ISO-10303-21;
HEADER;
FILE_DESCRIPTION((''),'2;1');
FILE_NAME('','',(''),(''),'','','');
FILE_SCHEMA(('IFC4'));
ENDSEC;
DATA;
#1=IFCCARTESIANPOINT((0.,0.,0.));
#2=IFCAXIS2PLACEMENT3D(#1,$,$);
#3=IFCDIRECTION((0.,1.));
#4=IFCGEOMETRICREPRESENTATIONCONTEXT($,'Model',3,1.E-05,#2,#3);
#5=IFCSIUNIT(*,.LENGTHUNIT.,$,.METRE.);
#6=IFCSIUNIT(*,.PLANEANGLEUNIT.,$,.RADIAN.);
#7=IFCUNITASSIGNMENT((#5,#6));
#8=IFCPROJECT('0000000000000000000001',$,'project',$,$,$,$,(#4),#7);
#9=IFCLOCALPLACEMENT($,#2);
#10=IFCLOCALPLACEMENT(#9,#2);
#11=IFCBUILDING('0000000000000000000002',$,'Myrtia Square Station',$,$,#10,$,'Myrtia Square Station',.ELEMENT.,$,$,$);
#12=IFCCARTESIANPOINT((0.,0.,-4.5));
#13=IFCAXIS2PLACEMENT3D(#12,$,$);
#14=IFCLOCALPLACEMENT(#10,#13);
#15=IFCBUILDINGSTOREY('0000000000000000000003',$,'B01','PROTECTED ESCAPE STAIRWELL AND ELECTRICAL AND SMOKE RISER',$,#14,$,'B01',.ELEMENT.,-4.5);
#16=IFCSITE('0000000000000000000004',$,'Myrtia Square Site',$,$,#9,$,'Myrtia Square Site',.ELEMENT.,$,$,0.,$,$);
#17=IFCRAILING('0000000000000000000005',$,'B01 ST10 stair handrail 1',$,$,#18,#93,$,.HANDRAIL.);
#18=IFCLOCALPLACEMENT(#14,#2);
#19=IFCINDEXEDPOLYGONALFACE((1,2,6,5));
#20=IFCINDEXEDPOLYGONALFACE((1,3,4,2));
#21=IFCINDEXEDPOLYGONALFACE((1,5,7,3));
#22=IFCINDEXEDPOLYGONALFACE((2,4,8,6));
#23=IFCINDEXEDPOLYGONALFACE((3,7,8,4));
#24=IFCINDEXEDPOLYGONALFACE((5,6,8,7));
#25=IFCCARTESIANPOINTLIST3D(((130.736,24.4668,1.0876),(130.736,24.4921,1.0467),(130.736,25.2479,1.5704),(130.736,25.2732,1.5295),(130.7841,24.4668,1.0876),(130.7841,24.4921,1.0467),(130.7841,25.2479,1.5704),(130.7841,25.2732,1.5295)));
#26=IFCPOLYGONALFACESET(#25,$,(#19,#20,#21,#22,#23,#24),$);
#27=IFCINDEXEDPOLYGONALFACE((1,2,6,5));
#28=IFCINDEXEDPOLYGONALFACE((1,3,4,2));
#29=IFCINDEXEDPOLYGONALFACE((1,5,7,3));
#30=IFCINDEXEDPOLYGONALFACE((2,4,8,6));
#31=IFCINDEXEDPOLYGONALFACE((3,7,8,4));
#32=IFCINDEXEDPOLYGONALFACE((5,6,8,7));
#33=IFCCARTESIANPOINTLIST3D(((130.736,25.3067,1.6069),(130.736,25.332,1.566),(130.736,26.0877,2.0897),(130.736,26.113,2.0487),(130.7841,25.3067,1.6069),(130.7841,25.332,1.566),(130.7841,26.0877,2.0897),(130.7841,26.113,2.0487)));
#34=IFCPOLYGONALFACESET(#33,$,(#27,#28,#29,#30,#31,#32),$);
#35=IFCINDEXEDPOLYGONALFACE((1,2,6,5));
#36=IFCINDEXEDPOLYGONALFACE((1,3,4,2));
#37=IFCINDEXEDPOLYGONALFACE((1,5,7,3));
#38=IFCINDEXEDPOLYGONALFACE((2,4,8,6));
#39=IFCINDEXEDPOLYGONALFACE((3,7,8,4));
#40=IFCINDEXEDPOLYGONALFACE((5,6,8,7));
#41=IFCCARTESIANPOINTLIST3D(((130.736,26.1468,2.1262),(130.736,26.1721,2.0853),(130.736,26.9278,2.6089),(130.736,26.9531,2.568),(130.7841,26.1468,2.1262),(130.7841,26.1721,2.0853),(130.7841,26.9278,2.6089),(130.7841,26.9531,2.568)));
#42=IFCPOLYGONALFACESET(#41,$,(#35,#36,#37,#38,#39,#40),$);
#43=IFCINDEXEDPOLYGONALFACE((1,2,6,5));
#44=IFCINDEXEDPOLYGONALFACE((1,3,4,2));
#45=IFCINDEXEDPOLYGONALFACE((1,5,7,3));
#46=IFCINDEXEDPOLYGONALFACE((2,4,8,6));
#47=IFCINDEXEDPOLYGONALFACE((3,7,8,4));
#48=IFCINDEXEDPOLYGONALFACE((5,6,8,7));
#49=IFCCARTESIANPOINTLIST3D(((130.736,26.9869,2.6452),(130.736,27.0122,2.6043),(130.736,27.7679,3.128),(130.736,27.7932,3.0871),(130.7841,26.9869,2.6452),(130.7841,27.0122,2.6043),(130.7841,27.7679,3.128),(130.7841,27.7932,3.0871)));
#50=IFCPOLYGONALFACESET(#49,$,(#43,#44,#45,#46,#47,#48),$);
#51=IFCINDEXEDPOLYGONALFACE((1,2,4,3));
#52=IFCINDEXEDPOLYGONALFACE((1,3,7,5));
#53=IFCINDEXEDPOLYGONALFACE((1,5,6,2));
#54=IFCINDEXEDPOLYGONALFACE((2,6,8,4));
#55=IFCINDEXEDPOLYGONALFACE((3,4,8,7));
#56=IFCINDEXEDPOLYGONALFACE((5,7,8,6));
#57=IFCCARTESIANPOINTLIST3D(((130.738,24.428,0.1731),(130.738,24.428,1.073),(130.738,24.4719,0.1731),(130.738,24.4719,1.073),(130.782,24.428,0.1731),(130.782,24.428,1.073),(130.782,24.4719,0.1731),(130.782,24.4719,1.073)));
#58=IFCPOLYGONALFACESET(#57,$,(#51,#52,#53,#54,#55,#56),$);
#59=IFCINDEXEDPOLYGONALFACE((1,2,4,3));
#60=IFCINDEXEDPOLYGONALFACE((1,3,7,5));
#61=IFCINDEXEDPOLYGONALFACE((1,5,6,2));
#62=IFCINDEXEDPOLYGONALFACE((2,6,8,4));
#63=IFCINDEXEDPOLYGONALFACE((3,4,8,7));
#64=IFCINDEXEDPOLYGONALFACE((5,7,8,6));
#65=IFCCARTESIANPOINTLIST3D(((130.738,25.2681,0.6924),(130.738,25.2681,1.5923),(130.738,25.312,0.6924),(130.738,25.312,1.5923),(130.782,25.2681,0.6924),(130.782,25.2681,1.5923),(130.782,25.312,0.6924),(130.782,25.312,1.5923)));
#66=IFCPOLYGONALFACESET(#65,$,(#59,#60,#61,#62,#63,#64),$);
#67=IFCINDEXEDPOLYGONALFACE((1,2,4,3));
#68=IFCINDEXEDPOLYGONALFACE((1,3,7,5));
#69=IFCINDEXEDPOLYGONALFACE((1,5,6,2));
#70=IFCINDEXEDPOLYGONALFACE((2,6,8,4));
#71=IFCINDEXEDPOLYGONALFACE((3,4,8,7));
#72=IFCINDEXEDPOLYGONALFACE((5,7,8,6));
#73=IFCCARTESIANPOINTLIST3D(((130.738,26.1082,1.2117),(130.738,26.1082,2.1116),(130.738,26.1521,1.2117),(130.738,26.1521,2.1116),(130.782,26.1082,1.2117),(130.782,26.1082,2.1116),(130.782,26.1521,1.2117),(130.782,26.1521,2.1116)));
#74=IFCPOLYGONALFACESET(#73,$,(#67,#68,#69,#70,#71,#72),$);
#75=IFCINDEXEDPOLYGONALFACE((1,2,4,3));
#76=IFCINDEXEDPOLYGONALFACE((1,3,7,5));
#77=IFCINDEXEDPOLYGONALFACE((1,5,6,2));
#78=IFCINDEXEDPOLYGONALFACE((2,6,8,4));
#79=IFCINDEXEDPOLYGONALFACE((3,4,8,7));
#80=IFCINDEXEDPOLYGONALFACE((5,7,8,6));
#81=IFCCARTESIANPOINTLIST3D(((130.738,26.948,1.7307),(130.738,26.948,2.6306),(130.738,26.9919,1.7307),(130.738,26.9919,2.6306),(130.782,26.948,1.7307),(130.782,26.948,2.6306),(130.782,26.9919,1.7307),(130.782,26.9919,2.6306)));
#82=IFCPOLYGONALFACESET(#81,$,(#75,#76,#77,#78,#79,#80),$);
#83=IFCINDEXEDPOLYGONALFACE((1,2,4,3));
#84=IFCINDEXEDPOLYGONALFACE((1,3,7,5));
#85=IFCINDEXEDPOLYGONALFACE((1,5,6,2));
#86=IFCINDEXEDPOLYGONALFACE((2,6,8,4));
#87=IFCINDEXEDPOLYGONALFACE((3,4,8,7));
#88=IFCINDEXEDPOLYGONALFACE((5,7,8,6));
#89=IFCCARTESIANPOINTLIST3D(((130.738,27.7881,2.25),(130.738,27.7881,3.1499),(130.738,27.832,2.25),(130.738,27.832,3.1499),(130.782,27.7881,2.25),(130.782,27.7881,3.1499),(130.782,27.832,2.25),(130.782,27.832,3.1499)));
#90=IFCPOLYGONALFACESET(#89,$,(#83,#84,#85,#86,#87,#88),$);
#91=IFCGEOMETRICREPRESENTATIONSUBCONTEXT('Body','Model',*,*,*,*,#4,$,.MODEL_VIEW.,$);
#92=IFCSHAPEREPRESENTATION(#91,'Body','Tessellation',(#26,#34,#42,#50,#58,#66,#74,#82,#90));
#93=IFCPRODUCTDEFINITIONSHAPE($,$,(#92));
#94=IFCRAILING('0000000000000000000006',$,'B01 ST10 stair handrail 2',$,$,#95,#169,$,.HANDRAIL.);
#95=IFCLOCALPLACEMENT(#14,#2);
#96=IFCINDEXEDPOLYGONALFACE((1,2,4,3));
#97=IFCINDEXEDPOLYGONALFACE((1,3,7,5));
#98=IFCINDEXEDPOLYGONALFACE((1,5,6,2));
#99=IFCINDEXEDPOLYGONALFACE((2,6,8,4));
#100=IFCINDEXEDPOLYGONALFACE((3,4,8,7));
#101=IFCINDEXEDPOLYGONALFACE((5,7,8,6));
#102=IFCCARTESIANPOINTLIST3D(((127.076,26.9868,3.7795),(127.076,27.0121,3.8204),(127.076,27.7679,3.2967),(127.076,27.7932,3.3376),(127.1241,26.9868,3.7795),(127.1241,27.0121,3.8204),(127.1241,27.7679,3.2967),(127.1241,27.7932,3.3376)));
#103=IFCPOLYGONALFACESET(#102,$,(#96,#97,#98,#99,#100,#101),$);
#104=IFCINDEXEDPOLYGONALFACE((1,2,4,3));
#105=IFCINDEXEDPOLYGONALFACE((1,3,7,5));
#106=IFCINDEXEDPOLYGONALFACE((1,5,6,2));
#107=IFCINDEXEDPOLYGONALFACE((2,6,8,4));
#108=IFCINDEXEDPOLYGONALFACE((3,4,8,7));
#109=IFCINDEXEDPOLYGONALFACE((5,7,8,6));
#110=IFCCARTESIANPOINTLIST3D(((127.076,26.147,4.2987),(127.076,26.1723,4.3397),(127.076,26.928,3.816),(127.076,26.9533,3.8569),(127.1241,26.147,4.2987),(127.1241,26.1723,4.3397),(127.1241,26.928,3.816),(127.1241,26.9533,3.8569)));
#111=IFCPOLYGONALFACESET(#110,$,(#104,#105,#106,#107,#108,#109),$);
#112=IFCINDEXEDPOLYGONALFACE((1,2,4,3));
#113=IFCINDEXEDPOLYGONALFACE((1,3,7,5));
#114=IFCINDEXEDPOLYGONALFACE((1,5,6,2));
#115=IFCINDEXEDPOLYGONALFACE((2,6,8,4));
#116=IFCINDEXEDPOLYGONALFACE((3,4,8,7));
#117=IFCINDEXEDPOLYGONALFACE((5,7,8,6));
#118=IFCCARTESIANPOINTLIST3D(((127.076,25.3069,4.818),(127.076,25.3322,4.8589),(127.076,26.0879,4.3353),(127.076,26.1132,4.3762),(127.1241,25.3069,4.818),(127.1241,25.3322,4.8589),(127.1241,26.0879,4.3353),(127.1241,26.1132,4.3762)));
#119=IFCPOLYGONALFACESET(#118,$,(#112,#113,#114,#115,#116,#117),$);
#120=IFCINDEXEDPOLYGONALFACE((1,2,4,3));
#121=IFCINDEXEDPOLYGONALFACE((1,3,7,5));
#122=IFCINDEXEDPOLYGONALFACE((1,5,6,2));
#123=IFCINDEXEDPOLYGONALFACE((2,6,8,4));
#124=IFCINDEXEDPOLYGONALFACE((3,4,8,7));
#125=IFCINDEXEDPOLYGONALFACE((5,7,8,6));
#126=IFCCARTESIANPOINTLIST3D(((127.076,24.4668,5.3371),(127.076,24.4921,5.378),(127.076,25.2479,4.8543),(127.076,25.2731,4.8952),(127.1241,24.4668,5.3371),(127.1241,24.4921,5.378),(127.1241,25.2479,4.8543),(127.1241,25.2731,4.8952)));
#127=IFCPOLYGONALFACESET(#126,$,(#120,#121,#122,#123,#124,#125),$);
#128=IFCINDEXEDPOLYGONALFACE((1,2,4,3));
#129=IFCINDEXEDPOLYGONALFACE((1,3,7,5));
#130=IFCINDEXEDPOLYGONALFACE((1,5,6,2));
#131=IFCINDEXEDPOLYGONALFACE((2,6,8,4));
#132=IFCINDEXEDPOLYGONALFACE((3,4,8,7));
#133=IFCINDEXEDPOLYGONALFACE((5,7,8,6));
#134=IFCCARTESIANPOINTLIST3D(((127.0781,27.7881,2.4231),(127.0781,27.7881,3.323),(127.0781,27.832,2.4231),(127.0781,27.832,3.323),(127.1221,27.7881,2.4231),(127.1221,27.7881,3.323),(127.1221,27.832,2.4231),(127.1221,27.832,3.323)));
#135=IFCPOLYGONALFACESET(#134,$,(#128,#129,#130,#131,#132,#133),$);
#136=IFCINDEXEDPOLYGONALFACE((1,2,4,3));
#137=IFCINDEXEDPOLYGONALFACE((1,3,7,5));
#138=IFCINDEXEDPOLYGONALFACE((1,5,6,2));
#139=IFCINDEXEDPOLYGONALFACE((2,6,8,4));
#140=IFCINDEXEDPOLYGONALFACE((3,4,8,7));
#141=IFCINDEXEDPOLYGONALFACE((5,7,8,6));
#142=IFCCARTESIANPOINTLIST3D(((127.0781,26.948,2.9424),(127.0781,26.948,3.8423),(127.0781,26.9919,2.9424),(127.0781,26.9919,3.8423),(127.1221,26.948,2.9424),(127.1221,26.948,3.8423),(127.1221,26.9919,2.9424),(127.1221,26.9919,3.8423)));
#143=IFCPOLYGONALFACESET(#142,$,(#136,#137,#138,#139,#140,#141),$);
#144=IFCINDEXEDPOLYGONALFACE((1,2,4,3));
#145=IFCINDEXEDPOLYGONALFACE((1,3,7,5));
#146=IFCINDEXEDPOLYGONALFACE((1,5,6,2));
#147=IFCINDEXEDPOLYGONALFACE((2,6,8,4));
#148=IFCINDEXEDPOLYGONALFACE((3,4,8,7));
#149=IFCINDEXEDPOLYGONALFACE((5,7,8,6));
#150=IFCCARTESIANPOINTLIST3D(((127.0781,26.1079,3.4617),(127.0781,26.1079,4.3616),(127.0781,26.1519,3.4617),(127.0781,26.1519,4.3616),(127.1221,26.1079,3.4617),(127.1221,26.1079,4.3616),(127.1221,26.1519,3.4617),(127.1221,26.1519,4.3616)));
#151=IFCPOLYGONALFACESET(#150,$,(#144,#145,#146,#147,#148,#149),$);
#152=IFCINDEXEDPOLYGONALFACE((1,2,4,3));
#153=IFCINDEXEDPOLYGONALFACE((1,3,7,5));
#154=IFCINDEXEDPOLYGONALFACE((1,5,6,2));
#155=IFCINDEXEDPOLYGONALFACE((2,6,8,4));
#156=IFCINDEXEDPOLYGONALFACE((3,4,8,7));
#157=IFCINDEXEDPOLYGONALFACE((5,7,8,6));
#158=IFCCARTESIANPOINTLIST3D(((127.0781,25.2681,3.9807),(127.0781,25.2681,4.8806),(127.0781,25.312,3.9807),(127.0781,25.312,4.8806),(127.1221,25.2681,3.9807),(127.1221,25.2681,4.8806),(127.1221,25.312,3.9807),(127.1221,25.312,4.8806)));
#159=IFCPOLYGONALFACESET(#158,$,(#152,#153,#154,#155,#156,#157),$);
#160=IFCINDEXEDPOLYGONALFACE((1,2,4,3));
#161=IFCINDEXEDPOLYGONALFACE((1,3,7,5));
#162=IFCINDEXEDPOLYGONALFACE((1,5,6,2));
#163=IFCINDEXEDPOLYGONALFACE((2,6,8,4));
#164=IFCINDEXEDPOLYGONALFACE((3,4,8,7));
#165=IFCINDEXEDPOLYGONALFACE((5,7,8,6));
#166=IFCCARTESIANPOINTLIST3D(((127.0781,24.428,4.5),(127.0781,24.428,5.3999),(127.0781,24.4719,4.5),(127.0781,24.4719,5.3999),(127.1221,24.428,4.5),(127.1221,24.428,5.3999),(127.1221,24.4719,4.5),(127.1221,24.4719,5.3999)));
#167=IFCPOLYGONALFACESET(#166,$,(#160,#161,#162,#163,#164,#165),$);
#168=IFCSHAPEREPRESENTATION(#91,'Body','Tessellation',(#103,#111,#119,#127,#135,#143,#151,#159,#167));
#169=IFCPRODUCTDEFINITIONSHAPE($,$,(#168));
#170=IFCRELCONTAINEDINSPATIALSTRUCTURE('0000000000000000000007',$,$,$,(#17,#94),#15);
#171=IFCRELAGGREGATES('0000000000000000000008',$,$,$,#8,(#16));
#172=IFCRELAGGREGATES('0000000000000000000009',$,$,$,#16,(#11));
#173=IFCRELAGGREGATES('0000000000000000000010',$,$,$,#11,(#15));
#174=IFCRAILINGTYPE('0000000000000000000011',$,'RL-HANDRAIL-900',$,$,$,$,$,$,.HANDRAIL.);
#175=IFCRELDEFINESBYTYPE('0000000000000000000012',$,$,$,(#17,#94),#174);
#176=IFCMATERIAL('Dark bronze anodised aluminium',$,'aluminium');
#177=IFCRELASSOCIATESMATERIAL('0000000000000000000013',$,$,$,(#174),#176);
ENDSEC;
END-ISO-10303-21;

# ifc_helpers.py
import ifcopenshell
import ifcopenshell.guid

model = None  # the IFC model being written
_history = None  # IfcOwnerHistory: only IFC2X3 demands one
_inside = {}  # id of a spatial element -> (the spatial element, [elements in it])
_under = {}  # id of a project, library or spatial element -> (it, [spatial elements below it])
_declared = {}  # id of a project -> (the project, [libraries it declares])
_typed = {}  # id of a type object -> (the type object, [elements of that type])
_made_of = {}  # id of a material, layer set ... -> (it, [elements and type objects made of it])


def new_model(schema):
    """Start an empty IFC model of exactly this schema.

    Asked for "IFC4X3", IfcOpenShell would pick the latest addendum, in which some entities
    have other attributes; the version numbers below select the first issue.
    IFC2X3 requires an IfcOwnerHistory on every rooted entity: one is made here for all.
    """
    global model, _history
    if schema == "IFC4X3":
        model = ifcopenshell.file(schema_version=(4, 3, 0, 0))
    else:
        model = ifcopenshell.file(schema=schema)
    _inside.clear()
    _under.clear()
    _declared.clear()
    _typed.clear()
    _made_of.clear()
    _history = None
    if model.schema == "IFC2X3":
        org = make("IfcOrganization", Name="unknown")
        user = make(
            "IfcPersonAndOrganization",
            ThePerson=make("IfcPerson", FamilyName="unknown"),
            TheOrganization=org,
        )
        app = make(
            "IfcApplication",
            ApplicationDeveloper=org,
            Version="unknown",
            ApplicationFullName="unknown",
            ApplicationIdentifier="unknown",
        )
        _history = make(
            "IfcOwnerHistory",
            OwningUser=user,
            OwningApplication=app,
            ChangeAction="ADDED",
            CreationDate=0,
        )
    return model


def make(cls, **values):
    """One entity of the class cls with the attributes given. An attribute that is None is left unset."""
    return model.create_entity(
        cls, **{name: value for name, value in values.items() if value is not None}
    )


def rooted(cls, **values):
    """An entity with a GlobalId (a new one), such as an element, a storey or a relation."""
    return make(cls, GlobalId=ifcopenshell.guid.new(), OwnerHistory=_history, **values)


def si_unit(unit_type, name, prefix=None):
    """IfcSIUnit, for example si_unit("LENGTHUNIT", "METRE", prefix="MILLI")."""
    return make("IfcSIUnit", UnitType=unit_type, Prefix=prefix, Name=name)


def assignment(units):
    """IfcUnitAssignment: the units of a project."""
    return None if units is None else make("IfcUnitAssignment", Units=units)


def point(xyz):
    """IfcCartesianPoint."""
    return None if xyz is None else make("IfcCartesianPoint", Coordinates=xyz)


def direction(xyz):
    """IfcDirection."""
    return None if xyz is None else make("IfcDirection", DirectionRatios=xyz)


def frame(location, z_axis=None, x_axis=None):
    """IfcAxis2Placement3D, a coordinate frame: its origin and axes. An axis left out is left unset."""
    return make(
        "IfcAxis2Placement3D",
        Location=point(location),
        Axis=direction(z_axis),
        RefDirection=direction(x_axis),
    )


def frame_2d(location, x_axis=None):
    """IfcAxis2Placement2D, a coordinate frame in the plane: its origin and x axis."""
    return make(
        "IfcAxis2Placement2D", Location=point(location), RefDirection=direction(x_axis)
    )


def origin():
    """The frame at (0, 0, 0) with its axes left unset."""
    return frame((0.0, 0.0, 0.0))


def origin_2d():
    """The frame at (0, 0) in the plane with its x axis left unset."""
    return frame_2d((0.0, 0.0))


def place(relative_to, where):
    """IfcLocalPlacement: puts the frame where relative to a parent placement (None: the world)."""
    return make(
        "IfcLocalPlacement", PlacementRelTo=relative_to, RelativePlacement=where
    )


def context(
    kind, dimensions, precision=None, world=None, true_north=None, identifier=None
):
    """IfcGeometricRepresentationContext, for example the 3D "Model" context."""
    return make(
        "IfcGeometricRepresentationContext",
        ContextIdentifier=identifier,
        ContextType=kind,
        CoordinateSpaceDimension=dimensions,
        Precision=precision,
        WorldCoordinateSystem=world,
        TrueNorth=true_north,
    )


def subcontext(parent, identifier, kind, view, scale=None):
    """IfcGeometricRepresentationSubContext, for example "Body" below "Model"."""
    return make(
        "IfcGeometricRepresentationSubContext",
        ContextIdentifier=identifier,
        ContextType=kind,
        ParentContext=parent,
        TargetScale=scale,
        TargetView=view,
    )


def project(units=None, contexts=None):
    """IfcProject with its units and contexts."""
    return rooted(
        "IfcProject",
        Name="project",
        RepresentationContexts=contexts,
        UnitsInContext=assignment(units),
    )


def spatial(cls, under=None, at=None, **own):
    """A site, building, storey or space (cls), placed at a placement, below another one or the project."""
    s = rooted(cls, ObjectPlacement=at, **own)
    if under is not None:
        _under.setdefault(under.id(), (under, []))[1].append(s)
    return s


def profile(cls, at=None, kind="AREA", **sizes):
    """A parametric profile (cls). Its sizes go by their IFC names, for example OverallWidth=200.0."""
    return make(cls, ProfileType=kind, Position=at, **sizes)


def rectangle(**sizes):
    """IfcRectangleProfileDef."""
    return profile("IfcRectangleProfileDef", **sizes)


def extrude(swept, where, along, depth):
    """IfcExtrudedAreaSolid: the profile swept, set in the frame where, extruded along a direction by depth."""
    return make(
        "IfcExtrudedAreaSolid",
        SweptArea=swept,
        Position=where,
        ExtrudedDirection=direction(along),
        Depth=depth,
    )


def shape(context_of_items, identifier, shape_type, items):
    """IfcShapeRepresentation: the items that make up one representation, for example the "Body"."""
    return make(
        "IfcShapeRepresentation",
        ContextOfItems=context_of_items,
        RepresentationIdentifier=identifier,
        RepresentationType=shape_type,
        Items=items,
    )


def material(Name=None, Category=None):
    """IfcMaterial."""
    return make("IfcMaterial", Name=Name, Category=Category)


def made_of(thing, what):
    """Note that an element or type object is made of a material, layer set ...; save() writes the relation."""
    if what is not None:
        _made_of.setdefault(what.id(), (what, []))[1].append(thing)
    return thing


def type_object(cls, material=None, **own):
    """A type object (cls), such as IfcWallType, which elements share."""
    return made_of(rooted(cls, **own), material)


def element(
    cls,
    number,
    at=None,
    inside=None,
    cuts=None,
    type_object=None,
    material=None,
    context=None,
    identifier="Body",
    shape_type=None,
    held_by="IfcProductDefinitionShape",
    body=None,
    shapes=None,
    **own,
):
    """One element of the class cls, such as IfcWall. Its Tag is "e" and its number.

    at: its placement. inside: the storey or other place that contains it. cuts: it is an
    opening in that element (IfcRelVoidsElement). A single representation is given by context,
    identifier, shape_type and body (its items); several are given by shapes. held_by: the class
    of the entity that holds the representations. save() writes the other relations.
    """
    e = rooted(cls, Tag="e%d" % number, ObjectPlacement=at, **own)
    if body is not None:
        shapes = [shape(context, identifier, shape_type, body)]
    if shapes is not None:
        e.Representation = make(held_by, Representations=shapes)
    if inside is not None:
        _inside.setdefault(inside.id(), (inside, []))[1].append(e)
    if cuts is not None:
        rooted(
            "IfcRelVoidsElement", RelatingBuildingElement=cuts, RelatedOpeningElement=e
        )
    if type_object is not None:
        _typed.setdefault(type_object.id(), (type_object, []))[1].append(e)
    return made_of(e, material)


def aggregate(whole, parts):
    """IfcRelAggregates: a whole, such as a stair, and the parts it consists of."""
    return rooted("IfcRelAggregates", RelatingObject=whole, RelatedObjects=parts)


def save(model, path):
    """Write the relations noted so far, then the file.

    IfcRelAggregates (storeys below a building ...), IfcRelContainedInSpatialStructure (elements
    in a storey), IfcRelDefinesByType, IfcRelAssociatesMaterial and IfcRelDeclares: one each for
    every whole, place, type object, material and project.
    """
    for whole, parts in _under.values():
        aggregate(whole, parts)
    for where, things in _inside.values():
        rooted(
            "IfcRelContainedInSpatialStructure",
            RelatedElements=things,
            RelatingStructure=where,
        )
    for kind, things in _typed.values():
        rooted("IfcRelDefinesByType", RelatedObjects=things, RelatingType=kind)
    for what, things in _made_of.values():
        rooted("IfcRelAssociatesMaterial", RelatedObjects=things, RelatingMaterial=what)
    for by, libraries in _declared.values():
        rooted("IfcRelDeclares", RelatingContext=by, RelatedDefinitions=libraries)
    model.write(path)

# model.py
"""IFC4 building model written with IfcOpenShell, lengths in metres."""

from ifc_helpers import new_model, si_unit, direction, frame, origin, origin_2d, place, context, subcontext, project, spatial, rectangle, extrude, material, type_object, element, save


model = new_model("IFC4")

# Units and contexts
model_context = context("Model", 3, precision=1e-05, world=origin(), true_north=direction((0.0, 1.0)))
body_context = subcontext(model_context, "Body", "Model", "MODEL_VIEW")
ifc_project = project(units=[si_unit("LENGTHUNIT", "METRE"), si_unit("PLANEANGLEUNIT", "RADIAN")], contexts=[model_context])

# Site, building, storey
site_placement = place(None, origin())
site = spatial("IfcSite", under=ifc_project, at=site_placement, Name="Myrtia Square Site", LongName="Myrtia Square Site", CompositionType="ELEMENT", RefElevation=0.0)
building_placement = place(site_placement, origin())
building = spatial("IfcBuilding", under=site, at=building_placement, Name="Myrtia Square Station", LongName="Myrtia Square Station", CompositionType="ELEMENT")
storey_placement = place(building_placement, frame((0.0, 0.0, -4.5)))
storey = spatial("IfcBuildingStorey", under=building, at=storey_placement, Name="B01", Description="PROTECTED ESCAPE STAIRWELL AND ELECTRICAL AND SMOKE RISER", LongName="B01", CompositionType="ELEMENT", Elevation=-4.5)

# Shared definitions
ifc_material_1 = material(Name="Dark bronze anodised aluminium", Category="aluminium")

# Railings
railing_type_1 = type_object("IfcRailingType", Name="RL-HANDRAIL-900", PredefinedType="HANDRAIL", material=ifc_material_1)
railing_1_placement = place(storey_placement, frame((130.76, 24.45, 0.1731)))
element("IfcRailing", 1, at=railing_1_placement, inside=storey, type_object=railing_type_1, Name="B01 ST10 stair handrail 1", PredefinedType="HANDRAIL", context=body_context, shape_type="SweptSolid", body=[
    extrude(rectangle(XDim=0.0481, YDim=0.0481, at=origin_2d()), frame((0.0, 0.0295, 0.894), z_axis=(0.0, 0.850623, 0.525776), x_axis=(-1.0, 0.0, 0.0)), (0.0, 0.0, 1.0), 0.9182),
    extrude(rectangle(XDim=0.0481, YDim=0.0481, at=origin_2d()), frame((0.0, 0.8694, 1.4133), z_axis=(0.0, 0.850623, 0.525776), x_axis=(-1.0, 0.0, 0.0)), (0.0, 0.0, 1.0), 0.9182),
    extrude(rectangle(XDim=0.0481, YDim=0.0481, at=origin_2d()), frame((0.0, 1.7095, 1.9326), z_axis=(0.0, 0.850623, 0.525776), x_axis=(-1.0, 0.0, 0.0)), (0.0, 0.0, 1.0), 0.9182),
    extrude(rectangle(XDim=0.0481, YDim=0.0481, at=origin_2d()), frame((0.0, 2.5496, 2.4517), z_axis=(0.0, 0.850623, 0.525776), x_axis=(-1.0, 0.0, 0.0)), (0.0, 0.0, 1.0), 0.9182),
    extrude(rectangle(XDim=0.0439, YDim=0.0439, at=origin_2d()), origin(), (0.0, 0.0, 1.0), 0.8999),
    extrude(rectangle(XDim=0.0439, YDim=0.0439, at=origin_2d()), frame((0.0, 0.8401, 0.5193)), (0.0, 0.0, 1.0), 0.8999),
    extrude(rectangle(XDim=0.0439, YDim=0.0439, at=origin_2d()), frame((0.0, 1.6802, 1.0386)), (0.0, 0.0, 1.0), 0.8999),
    extrude(rectangle(XDim=0.0439, YDim=0.0439, at=origin_2d()), frame((0.0, 2.52, 1.5576)), (0.0, 0.0, 1.0), 0.8999),
    extrude(rectangle(XDim=0.0439, YDim=0.0439, at=origin_2d()), frame((0.0, 3.3601, 2.0769)), (0.0, 0.0, 1.0), 0.8999),
])
railing_2_placement = place(storey_placement, frame((127.1001, 27.8101, 2.4231)))
element("IfcRailing", 2, at=railing_2_placement, inside=storey, type_object=railing_type_1, Name="B01 ST10 stair handrail 2", PredefinedType="HANDRAIL", context=body_context, shape_type="SweptSolid", body=[
    extrude(rectangle(XDim=0.0481, YDim=0.0481, at=origin_2d()), frame((0.0, -0.0295, 0.894), z_axis=(0.0, -0.850623, 0.525776), x_axis=(1.0, 0.0, 0.0)), (0.0, 0.0, 1.0), 0.9182),
    extrude(rectangle(XDim=0.0481, YDim=0.0481, at=origin_2d()), frame((0.0, -0.8694, 1.4133), z_axis=(0.0, -0.850623, 0.525776), x_axis=(1.0, 0.0, 0.0)), (0.0, 0.0, 1.0), 0.9182),
    extrude(rectangle(XDim=0.0481, YDim=0.0481, at=origin_2d()), frame((0.0, -1.7095, 1.9326), z_axis=(0.0, -0.850623, 0.525776), x_axis=(1.0, 0.0, 0.0)), (0.0, 0.0, 1.0), 0.9182),
    extrude(rectangle(XDim=0.0481, YDim=0.0481, at=origin_2d()), frame((0.0, -2.5496, 2.4517), z_axis=(0.0, -0.850623, 0.525776), x_axis=(1.0, 0.0, 0.0)), (0.0, 0.0, 1.0), 0.9182),
    extrude(rectangle(XDim=0.0439, YDim=0.0439, at=origin_2d()), origin(), (0.0, 0.0, 1.0), 0.8999),
    extrude(rectangle(XDim=0.0439, YDim=0.0439, at=origin_2d()), frame((0.0, -0.8401, 0.5193)), (0.0, 0.0, 1.0), 0.8999),
    extrude(rectangle(XDim=0.0439, YDim=0.0439, at=origin_2d()), frame((0.0, -1.6802, 1.0386)), (0.0, 0.0, 1.0), 0.8999),
    extrude(rectangle(XDim=0.0439, YDim=0.0439, at=origin_2d()), frame((0.0, -2.52, 1.5576)), (0.0, 0.0, 1.0), 0.8999),
    extrude(rectangle(XDim=0.0439, YDim=0.0439, at=origin_2d()), frame((0.0, -3.3601, 2.0769)), (0.0, 0.0, 1.0), 0.8999),
])

save(model, "model.ifc")
